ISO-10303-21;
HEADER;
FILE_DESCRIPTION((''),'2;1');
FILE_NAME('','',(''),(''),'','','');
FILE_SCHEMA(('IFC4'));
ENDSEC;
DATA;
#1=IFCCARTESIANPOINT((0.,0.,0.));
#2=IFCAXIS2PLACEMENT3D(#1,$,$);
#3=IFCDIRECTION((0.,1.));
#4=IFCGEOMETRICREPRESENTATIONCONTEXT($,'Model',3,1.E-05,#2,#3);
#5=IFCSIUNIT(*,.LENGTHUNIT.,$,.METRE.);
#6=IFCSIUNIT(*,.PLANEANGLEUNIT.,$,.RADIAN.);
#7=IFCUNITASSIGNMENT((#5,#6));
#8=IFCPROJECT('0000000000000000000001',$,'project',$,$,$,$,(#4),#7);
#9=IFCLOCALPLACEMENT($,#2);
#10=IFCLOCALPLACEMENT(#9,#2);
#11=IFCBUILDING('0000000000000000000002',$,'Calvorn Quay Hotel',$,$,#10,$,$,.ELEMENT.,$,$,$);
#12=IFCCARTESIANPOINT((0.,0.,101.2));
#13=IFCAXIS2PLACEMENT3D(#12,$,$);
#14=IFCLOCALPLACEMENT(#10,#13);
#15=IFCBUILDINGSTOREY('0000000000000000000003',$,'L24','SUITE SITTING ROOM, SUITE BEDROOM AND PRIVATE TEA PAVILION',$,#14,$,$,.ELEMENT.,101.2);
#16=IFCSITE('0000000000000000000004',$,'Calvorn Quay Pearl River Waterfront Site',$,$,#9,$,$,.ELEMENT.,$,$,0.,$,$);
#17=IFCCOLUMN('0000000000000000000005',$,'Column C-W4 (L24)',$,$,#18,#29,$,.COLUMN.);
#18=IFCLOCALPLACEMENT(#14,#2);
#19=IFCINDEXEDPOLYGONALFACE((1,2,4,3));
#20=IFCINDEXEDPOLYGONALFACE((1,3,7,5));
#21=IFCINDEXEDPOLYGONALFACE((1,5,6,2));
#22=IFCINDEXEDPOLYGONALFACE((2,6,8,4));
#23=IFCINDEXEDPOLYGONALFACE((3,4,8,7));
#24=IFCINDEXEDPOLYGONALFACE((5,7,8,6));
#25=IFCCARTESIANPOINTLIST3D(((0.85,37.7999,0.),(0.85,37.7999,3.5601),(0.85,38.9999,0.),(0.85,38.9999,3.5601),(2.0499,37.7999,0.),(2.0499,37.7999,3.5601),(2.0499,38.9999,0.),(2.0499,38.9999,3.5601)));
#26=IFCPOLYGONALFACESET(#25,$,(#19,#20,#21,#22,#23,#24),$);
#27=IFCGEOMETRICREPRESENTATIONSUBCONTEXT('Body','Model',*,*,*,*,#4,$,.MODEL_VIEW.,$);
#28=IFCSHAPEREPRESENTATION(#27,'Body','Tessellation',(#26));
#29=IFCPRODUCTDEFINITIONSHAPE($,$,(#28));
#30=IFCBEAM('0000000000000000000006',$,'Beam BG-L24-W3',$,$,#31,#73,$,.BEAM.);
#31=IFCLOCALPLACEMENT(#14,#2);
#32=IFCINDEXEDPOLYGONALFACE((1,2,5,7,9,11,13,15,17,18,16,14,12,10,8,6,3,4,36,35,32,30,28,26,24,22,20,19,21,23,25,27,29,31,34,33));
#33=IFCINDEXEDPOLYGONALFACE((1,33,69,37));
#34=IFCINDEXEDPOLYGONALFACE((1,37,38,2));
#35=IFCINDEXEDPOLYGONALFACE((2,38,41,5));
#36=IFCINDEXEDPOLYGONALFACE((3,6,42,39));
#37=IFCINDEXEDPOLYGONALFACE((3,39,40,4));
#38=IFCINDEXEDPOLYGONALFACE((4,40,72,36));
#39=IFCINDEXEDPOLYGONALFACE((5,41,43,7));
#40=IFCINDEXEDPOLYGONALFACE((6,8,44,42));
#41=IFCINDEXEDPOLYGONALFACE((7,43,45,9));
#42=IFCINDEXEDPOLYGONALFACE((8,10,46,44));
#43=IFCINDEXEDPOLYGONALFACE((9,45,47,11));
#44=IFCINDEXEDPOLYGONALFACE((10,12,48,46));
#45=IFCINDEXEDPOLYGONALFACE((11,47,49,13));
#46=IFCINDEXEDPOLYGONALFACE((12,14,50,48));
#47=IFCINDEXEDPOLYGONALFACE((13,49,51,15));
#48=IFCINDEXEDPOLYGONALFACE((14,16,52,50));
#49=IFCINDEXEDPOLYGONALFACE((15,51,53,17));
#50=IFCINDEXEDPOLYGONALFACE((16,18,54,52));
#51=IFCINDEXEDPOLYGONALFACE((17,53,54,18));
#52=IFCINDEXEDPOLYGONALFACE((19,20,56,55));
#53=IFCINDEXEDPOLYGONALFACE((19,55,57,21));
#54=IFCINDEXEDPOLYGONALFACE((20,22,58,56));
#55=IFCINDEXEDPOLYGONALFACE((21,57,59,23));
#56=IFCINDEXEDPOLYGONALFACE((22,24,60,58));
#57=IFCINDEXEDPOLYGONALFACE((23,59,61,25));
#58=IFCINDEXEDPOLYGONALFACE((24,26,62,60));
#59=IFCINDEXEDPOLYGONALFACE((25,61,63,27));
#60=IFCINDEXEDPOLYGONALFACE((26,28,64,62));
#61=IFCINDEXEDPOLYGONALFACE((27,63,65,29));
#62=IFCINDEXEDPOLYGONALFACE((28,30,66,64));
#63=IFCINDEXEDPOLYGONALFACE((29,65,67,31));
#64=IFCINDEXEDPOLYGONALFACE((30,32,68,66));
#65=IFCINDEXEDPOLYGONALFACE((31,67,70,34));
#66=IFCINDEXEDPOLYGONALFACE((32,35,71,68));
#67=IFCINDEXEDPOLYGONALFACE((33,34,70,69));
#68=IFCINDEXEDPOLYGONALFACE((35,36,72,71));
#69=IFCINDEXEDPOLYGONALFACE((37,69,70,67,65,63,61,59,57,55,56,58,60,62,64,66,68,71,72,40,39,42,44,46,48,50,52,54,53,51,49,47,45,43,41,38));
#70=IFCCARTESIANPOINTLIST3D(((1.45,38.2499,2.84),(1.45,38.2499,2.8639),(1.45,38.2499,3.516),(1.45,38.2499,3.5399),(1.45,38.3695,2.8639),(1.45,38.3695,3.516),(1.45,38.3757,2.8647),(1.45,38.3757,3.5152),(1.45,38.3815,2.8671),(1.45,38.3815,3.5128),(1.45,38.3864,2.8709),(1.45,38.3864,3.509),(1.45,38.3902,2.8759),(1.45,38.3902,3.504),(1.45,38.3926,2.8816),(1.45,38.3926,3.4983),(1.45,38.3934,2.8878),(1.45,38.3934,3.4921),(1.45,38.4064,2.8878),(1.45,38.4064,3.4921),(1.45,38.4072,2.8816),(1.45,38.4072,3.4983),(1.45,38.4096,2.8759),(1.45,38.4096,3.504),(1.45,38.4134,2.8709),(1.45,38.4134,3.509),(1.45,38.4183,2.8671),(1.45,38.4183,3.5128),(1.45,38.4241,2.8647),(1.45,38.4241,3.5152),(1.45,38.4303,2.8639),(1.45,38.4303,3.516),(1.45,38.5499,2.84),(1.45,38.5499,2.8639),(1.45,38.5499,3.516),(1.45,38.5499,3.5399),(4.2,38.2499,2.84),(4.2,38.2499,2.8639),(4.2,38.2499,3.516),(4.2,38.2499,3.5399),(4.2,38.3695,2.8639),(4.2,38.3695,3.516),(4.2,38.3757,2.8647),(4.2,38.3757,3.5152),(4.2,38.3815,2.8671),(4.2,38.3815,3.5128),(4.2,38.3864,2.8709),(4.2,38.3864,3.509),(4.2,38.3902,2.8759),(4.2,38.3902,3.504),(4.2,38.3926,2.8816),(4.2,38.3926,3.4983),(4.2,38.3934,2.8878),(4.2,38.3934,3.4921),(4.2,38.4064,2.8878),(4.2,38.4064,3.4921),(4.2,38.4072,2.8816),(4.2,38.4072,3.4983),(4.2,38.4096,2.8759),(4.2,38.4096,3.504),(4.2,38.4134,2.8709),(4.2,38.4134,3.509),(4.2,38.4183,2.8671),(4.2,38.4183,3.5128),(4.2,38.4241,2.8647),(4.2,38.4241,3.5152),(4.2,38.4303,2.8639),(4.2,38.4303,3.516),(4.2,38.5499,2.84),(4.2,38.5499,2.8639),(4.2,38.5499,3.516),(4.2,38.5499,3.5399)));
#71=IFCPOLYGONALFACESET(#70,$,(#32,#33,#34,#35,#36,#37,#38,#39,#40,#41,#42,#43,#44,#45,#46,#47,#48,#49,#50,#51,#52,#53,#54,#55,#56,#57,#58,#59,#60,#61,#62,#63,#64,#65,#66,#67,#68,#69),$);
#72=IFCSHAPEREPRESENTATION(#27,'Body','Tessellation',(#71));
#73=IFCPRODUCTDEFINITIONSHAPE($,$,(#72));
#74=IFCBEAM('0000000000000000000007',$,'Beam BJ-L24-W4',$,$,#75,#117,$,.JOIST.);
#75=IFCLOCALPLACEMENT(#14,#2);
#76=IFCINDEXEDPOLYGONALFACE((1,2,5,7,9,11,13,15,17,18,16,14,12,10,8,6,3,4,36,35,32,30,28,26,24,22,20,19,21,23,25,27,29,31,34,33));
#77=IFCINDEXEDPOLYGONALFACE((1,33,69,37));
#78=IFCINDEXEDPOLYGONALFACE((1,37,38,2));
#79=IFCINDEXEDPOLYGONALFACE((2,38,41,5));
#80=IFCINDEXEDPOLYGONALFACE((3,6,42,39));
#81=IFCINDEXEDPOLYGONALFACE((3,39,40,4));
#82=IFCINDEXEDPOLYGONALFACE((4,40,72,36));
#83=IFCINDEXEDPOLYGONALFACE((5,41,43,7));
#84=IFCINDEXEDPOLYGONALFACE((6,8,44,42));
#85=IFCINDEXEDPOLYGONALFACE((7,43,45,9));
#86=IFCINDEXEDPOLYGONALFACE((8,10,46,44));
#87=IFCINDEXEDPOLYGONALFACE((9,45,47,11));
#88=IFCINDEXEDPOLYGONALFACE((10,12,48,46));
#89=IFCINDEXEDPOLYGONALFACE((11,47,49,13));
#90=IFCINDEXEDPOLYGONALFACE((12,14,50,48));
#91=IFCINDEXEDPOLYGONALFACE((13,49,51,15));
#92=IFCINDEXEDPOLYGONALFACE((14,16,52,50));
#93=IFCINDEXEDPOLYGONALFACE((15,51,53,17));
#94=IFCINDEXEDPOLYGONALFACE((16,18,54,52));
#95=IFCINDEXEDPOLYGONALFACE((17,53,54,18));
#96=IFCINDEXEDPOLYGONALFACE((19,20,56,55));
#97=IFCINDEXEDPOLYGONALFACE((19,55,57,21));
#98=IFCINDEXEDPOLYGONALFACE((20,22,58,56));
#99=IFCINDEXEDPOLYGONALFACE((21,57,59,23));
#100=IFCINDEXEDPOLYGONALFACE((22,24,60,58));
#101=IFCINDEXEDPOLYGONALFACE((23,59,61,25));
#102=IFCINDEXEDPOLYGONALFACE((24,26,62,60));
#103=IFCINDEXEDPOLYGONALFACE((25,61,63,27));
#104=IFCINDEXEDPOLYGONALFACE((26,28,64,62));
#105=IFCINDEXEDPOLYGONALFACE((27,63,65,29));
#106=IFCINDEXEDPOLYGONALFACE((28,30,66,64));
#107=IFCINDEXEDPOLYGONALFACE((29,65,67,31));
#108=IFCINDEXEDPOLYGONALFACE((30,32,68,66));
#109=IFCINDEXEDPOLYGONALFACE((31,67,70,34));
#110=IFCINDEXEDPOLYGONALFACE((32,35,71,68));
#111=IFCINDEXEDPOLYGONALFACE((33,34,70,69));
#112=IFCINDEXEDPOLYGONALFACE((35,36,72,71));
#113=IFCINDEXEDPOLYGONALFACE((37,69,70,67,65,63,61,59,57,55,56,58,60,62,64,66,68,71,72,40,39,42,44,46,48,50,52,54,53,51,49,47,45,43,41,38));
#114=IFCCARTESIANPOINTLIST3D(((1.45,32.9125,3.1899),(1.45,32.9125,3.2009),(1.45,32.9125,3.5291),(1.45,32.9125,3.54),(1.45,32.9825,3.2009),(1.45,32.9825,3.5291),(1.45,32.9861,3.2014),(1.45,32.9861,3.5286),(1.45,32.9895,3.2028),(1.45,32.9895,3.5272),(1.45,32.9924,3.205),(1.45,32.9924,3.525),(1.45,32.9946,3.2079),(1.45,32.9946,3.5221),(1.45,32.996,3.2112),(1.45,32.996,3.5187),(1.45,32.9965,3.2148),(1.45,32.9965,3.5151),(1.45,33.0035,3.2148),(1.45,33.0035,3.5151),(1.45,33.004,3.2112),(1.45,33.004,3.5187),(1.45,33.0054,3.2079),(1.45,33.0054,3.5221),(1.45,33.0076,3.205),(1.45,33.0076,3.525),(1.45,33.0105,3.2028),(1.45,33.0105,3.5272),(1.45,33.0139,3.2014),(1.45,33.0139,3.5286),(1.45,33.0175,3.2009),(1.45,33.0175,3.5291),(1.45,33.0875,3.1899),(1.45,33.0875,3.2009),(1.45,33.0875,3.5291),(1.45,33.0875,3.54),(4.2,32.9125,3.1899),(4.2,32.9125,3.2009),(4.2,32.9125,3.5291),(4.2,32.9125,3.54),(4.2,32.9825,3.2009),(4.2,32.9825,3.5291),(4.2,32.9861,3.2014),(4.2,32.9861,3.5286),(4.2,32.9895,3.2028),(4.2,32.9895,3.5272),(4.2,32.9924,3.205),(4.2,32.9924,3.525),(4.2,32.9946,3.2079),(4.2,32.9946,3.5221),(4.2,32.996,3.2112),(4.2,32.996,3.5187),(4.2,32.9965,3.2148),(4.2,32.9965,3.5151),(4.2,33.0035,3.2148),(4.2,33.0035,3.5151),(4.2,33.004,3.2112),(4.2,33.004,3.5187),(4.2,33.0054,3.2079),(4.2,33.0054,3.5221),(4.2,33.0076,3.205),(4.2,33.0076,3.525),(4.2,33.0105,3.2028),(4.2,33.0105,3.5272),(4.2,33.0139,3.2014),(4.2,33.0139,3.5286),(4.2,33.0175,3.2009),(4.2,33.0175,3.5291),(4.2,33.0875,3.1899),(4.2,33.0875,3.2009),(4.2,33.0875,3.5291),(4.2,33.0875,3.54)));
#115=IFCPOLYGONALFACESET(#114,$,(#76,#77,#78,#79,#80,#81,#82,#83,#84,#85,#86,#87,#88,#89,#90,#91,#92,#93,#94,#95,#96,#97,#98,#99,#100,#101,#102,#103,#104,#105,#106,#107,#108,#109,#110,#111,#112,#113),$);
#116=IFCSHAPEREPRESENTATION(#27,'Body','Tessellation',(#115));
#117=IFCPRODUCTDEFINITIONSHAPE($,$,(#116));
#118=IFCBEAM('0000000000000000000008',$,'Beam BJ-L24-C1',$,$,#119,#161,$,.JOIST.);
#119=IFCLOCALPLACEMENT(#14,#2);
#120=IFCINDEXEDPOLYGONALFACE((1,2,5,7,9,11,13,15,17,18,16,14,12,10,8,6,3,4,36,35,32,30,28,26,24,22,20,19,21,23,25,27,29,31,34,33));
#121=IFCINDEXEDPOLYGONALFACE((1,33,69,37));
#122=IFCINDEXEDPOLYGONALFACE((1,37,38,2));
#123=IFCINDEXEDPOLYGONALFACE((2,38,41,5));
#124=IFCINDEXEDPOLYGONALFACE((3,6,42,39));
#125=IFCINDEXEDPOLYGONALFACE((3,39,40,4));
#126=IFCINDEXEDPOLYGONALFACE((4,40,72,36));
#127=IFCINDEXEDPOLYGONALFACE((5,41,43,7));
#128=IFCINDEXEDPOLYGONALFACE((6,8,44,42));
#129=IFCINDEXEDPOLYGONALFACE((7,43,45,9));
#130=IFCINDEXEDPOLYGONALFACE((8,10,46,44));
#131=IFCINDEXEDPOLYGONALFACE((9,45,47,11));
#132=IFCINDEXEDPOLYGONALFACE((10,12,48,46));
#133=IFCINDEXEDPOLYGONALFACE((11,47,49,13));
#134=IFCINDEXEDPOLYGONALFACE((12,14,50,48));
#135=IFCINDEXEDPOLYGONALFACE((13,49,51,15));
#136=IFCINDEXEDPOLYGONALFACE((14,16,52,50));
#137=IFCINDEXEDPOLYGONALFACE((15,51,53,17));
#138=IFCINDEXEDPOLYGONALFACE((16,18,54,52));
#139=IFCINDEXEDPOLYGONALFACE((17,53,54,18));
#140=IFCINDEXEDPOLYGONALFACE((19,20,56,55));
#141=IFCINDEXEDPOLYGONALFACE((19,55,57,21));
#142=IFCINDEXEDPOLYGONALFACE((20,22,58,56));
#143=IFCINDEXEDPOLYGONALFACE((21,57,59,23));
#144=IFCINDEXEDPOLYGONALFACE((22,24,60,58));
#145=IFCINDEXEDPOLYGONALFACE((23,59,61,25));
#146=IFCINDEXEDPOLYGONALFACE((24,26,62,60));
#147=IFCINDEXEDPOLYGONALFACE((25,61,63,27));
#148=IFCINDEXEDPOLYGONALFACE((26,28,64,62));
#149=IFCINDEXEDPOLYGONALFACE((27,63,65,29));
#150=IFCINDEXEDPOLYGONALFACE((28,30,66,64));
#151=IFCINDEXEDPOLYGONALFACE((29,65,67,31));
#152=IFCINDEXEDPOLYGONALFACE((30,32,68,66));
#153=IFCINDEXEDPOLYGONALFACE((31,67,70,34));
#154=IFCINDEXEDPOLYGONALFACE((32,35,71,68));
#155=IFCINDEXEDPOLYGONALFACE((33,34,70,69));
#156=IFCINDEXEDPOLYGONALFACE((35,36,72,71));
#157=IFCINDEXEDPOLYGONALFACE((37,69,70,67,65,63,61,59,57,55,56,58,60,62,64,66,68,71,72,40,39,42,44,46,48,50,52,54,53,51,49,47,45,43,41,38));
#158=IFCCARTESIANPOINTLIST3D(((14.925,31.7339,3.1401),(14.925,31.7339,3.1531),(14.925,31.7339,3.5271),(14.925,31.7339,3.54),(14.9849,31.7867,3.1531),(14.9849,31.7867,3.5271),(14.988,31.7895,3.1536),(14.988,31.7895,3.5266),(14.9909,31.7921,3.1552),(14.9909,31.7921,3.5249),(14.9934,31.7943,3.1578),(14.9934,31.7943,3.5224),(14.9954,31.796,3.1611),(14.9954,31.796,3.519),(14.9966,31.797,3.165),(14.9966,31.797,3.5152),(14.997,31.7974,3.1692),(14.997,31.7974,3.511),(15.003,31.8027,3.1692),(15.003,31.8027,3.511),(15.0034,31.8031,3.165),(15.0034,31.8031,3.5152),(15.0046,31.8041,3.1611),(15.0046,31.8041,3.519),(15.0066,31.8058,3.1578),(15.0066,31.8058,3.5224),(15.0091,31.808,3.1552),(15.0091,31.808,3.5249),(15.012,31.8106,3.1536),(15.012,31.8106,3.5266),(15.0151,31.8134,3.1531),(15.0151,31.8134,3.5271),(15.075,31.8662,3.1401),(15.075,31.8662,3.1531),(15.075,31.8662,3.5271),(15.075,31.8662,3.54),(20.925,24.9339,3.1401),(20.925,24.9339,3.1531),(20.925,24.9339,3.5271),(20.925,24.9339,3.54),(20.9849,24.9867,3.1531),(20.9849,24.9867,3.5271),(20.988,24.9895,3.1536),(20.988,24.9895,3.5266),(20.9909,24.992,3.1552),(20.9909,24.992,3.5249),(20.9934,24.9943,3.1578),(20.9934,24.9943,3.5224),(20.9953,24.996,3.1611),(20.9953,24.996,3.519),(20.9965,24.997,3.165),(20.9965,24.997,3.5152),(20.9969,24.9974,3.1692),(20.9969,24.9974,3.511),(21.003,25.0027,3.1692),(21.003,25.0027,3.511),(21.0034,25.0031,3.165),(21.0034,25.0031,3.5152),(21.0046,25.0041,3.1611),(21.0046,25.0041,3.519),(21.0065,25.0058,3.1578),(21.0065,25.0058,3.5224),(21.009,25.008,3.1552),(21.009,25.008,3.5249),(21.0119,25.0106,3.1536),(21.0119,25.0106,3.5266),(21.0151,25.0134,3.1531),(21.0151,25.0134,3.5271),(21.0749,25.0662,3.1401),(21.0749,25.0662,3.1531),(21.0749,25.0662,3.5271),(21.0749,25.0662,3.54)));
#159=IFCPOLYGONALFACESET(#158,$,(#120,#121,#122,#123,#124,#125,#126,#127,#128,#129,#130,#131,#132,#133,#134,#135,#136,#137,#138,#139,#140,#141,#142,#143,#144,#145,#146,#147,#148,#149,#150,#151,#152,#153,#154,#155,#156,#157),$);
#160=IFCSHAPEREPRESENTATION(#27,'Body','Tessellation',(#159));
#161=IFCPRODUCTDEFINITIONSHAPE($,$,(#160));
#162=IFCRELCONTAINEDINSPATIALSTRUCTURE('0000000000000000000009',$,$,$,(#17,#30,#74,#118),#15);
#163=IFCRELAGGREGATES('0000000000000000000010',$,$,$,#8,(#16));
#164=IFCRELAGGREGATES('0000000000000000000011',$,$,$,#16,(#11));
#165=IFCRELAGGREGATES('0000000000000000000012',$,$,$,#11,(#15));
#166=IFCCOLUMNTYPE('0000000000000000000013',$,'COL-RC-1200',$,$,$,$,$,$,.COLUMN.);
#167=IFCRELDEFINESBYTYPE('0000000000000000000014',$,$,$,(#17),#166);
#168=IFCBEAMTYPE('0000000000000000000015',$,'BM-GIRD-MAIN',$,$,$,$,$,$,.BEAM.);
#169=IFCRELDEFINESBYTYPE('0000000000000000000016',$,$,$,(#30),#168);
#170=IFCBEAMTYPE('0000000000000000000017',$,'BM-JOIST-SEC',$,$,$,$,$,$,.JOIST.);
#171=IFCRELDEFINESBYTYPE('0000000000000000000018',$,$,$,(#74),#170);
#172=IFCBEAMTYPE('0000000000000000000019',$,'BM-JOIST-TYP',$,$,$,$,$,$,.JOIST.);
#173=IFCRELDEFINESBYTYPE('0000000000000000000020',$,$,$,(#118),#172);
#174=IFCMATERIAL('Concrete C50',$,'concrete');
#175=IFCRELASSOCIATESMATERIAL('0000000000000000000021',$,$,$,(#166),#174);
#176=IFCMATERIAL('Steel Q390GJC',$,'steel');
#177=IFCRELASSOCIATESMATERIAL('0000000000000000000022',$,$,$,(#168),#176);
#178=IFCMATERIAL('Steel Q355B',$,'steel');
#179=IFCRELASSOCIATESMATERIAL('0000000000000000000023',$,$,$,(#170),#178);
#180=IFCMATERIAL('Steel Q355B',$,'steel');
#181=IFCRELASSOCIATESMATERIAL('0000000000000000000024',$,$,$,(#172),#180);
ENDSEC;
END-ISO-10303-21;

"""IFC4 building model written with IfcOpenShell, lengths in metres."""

from ifc_helpers import new_model, si_unit, direction, frame, origin, origin_2d, place, context, subcontext, project, spatial, rectangle, i_section, extrude, material, material_profile, profile_set, type_object, element, save


model = new_model("IFC4")

# Units and contexts
model_context = context("Model", 3, precision=1e-05, world=origin(), true_north=direction((0.0, 1.0)))
body_context = subcontext(model_context, "Body", "Model", "MODEL_VIEW")
ifc_project = project(units=[si_unit("LENGTHUNIT", "METRE"), si_unit("PLANEANGLEUNIT", "RADIAN")], contexts=[model_context])

# Site, building, storey
site_placement = place(None, origin())
site = spatial("IfcSite", under=ifc_project, at=site_placement, Name="Calvorn Quay Pearl River Waterfront Site", CompositionType="ELEMENT", RefElevation=0.0)
building_placement = place(site_placement, origin())
building = spatial("IfcBuilding", under=site, at=building_placement, Name="Calvorn Quay Hotel", CompositionType="ELEMENT")
storey_placement = place(building_placement, frame((0.0, 0.0, 101.2)))
storey = spatial("IfcBuildingStorey", under=building, at=storey_placement, Name="L24", Description="SUITE SITTING ROOM, SUITE BEDROOM AND PRIVATE TEA PAVILION", CompositionType="ELEMENT", Elevation=101.2)

# Column
ifc_material_1 = material(Name="Concrete C50", Category="concrete")
ifc_material_profile_1 = material_profile(ifc_material_1, rectangle(XDim=1.2, YDim=1.2, at=origin_2d()), Name="RC1200x1200")
ifc_profile_set_1 = profile_set([ifc_material_profile_1], Name="Concrete C50")
column_type = type_object("IfcColumnType", Name="COL-RC-1200", PredefinedType="COLUMN", material=ifc_profile_set_1)
column_placement = place(storey_placement, frame((1.45, 38.3999, 0.0), z_axis=(0.0, 0.0, 1.0), x_axis=(1.0, 0.0, 0.0)))
element("IfcColumn", 1, at=column_placement, inside=storey, type_object=column_type, Name="Column C-W4 (L24)", PredefinedType="COLUMN", context=body_context, shape_type="SweptSolid", body=[
    extrude(rectangle(XDim=1.2, YDim=1.2, at=origin_2d()), origin(), (0.0, 0.0, 1.0), 3.5601),
])

# Beams
ifc_material_2 = material(Name="Steel Q390GJC", Category="steel")
ifc_material_profile_2 = material_profile(ifc_material_2, i_section(OverallWidth=0.3, OverallDepth=0.7, WebThickness=0.0129, FlangeThickness=0.0239, FilletRadius=0.0239, at=origin_2d()), Name="HN700x300x13x24")
ifc_profile_set_2 = profile_set([ifc_material_profile_2], Name="Steel Q390GJC")
beam_type_1 = type_object("IfcBeamType", Name="BM-GIRD-MAIN", PredefinedType="BEAM", material=ifc_profile_set_2)
beam_1_placement = place(storey_placement, frame((1.45, 38.3999, 3.1899), z_axis=(1.0, 0.0, 0.0), x_axis=(0.0, 1.0, 0.0)))
element("IfcBeam", 2, at=beam_1_placement, inside=storey, type_object=beam_type_1, Name="Beam BG-L24-W3", PredefinedType="BEAM", context=body_context, shape_type="SweptSolid", body=[
    extrude(i_section(OverallWidth=0.3, OverallDepth=0.7, WebThickness=0.0129, FlangeThickness=0.0239, FilletRadius=0.0239, at=origin_2d()), origin(), (0.0, 0.0, 1.0), 2.75),
])
ifc_material_3 = material(Name="Steel Q355B", Category="steel")
ifc_material_profile_3 = material_profile(ifc_material_3, i_section(OverallWidth=0.175, OverallDepth=0.3501, WebThickness=0.0071, FlangeThickness=0.011, FilletRadius=0.0139, at=origin_2d()), Name="HN350x175x7x11")
ifc_profile_set_3 = profile_set([ifc_material_profile_3], Name="Steel Q355B")
beam_type_2 = type_object("IfcBeamType", Name="BM-JOIST-SEC", PredefinedType="JOIST", material=ifc_profile_set_3)
beam_2_placement = place(storey_placement, frame((1.45, 33.0, 3.365), z_axis=(1.0, 0.0, 0.0), x_axis=(0.0, 1.0, 0.0)))
element("IfcBeam", 3, at=beam_2_placement, inside=storey, type_object=beam_type_2, Name="Beam BJ-L24-W4", PredefinedType="JOIST", context=body_context, shape_type="SweptSolid", body=[
    extrude(i_section(OverallWidth=0.175, OverallDepth=0.3501, WebThickness=0.0071, FlangeThickness=0.011, FilletRadius=0.0139, at=origin_2d()), origin(), (0.0, 0.0, 1.0), 2.75),
])
ifc_material_4 = material(Name="Steel Q355B", Category="steel")
ifc_material_profile_4 = material_profile(ifc_material_4, i_section(OverallWidth=0.2, OverallDepth=0.3999, WebThickness=0.0081, FlangeThickness=0.0129, FilletRadius=0.0161, at=origin_2d()), Name="HN400x200x8x13")
ifc_profile_set_4 = profile_set([ifc_material_profile_4], Name="Steel Q355B")
beam_type_3 = type_object("IfcBeamType", Name="BM-JOIST-TYP", PredefinedType="JOIST", material=ifc_profile_set_4)
beam_3_placement = place(storey_placement, frame((15.0, 31.8, 3.3401), z_axis=(0.661619, -0.74984, 0.0), x_axis=(0.74984, 0.661619, 0.0)))
element("IfcBeam", 4, at=beam_3_placement, inside=storey, type_object=beam_type_3, Name="Beam BJ-L24-C1", PredefinedType="JOIST", context=body_context, shape_type="SweptSolid", body=[
    extrude(i_section(OverallWidth=0.2, OverallDepth=0.3999, WebThickness=0.0081, FlangeThickness=0.0129, FilletRadius=0.0161, at=origin_2d()), origin(), (0.0, 0.0, 1.0), 9.0686),
])

save(model, "model.ifc")
